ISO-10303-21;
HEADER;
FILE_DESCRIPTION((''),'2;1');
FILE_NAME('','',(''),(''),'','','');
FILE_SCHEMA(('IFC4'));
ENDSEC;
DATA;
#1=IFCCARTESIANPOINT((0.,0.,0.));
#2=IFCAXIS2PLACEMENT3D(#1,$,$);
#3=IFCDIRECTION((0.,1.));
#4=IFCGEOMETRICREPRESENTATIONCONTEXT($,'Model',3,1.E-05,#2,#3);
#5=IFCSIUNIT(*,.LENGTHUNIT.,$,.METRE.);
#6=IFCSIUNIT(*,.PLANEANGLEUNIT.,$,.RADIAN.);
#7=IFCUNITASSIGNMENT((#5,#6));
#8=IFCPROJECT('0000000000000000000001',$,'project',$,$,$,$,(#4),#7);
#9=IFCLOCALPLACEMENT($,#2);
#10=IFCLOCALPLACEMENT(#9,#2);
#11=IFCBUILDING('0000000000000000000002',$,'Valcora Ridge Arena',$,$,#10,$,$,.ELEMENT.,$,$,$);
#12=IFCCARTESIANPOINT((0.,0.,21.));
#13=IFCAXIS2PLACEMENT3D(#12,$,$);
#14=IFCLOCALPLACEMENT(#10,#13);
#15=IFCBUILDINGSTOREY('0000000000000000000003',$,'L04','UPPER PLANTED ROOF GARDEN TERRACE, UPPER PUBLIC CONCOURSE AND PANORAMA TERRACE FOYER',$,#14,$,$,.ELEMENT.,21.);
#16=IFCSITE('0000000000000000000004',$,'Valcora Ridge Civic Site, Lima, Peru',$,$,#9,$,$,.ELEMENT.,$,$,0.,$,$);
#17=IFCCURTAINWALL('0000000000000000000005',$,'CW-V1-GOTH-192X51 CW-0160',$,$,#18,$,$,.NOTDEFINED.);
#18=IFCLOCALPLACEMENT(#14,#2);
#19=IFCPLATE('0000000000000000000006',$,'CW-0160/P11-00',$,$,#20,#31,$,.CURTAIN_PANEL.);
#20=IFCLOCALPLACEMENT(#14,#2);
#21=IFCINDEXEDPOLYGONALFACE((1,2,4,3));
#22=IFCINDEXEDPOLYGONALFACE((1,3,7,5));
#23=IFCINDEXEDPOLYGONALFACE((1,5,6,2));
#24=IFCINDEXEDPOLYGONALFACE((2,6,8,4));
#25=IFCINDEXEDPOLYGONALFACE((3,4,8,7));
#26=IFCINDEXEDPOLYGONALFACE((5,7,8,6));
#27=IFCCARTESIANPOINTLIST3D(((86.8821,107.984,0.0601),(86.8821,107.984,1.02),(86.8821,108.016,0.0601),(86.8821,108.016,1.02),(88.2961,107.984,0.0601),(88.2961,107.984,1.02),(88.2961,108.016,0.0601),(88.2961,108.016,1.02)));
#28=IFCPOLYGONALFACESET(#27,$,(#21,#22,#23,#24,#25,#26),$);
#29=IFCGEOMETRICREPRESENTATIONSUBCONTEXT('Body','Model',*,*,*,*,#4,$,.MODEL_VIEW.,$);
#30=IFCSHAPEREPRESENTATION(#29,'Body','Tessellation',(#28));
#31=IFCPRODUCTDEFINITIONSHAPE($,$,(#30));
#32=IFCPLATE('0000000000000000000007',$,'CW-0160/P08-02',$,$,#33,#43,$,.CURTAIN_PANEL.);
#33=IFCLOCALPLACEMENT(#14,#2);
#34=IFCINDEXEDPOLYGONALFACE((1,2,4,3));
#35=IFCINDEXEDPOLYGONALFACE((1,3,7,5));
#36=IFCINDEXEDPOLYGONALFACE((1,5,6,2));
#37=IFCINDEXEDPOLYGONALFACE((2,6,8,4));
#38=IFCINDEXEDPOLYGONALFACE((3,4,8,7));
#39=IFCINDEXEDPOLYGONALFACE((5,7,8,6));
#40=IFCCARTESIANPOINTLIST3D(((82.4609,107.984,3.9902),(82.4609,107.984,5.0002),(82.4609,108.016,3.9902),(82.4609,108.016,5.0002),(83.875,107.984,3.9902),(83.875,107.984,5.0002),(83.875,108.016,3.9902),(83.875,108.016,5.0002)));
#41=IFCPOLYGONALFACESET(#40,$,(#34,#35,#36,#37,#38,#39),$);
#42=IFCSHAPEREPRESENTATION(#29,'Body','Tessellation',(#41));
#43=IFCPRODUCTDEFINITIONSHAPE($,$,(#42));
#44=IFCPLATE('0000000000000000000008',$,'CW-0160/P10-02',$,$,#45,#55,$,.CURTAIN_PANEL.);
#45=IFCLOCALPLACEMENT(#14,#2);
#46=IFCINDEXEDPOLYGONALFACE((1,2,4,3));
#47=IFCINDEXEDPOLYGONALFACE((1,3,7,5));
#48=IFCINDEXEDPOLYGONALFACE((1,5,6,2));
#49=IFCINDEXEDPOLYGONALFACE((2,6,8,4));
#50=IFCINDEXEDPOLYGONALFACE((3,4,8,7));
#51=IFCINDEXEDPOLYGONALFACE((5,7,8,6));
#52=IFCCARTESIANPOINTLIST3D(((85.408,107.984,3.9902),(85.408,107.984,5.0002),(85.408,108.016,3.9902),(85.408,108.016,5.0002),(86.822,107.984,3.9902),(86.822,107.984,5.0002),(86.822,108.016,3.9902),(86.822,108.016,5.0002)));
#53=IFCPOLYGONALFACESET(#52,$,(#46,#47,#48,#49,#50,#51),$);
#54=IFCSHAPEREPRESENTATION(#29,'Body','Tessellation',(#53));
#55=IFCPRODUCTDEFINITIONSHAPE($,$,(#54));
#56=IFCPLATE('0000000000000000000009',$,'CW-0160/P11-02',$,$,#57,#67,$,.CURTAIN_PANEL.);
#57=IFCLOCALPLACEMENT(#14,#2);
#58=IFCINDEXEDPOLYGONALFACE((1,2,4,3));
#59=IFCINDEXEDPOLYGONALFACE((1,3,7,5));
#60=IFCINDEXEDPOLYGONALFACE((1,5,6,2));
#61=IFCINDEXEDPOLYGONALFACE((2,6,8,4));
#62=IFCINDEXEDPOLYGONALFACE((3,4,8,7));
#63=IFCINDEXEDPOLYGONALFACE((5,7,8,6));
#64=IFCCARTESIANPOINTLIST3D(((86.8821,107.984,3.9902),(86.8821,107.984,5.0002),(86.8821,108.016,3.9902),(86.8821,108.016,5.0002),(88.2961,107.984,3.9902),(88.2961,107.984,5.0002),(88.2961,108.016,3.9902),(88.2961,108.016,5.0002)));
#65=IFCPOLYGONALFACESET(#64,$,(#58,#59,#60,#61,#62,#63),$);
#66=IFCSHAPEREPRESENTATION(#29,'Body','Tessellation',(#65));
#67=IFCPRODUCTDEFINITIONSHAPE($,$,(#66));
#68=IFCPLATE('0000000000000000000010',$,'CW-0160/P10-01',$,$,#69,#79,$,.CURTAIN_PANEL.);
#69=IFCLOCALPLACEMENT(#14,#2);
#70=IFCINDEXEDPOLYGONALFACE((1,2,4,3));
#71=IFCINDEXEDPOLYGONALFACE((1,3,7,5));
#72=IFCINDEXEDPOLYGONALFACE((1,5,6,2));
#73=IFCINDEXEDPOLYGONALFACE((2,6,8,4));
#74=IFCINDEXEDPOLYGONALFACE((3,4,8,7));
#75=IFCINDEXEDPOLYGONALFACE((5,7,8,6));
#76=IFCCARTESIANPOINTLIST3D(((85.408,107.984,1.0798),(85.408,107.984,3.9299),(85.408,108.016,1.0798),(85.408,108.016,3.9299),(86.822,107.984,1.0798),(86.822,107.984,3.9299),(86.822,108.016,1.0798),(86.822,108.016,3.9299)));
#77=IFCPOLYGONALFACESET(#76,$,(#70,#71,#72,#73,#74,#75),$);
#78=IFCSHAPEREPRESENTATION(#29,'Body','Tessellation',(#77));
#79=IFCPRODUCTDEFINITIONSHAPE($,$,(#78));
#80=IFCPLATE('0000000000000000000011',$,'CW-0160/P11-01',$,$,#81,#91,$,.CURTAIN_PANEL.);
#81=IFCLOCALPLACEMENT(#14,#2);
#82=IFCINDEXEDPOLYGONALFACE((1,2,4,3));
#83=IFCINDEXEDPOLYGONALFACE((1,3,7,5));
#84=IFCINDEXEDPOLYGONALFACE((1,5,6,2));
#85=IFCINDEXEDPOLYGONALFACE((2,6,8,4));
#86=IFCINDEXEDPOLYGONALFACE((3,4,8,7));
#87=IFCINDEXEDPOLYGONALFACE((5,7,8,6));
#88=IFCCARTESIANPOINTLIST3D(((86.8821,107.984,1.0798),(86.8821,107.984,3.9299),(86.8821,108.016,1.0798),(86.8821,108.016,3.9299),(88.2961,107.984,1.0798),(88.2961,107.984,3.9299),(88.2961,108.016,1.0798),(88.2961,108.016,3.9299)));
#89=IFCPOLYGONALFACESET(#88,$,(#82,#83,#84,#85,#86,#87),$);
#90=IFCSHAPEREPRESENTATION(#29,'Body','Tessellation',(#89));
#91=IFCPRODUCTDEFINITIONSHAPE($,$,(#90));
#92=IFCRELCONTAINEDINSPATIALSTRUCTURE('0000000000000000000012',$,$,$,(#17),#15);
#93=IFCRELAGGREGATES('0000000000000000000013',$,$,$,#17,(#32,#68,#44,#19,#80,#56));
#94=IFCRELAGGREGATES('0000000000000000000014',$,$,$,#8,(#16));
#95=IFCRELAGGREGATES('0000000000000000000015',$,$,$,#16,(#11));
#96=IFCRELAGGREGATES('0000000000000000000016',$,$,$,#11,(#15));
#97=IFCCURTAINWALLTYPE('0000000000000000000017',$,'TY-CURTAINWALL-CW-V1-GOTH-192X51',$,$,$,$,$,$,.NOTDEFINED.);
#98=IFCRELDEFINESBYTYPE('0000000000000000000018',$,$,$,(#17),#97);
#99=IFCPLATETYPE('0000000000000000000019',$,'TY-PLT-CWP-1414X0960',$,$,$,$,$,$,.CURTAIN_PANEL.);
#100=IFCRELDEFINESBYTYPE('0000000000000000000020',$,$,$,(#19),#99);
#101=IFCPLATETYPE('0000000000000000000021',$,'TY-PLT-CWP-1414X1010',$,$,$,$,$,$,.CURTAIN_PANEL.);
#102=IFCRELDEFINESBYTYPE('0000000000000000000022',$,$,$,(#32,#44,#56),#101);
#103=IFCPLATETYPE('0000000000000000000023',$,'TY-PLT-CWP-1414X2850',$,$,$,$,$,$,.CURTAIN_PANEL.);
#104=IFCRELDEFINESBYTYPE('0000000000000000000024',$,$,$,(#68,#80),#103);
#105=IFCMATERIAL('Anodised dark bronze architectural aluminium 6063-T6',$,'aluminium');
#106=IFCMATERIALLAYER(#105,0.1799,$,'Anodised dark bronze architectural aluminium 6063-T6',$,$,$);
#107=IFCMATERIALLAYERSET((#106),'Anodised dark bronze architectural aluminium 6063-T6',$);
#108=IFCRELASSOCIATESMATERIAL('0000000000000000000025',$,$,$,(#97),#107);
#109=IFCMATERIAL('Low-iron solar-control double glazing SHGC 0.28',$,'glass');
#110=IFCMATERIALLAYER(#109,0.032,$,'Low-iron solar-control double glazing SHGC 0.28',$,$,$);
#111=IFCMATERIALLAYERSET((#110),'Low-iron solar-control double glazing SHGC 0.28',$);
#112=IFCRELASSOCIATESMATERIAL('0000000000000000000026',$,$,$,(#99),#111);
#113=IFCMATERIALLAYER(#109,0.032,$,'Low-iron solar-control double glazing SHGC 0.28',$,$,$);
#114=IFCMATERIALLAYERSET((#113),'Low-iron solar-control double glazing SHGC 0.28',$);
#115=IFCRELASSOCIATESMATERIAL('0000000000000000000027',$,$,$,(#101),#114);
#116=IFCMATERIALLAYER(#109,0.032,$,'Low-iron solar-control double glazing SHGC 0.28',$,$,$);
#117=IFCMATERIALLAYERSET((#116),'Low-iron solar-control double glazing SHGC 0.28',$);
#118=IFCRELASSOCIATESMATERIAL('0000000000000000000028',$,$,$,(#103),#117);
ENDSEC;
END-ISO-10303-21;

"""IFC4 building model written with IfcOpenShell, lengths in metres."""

from ifc_helpers import new_model, si_unit, direction, frame, origin, origin_2d, place, context, subcontext, project, spatial, rectangle, extrude, material, layer, layer_set, type_object, element, aggregate, save


model = new_model("IFC4")

# Units and contexts
model_context = context("Model", 3, precision=1e-05, world=origin(), true_north=direction((0.0, 1.0)))
body_context = subcontext(model_context, "Body", "Model", "MODEL_VIEW")
ifc_project = project(units=[si_unit("LENGTHUNIT", "METRE"), si_unit("PLANEANGLEUNIT", "RADIAN")], contexts=[model_context])

# Site, building, storey
site_placement = place(None, origin())
site = spatial("IfcSite", under=ifc_project, at=site_placement, Name="Valcora Ridge Civic Site, Lima, Peru", CompositionType="ELEMENT", RefElevation=0.0)
building_placement = place(site_placement, origin())
building = spatial("IfcBuilding", under=site, at=building_placement, Name="Valcora Ridge Arena", CompositionType="ELEMENT")
storey_placement = place(building_placement, frame((0.0, 0.0, 21.0)))
storey = spatial("IfcBuildingStorey", under=building, at=storey_placement, Name="L04", Description="UPPER PLANTED ROOF GARDEN TERRACE, UPPER PUBLIC CONCOURSE AND PANORAMA TERRACE FOYER", CompositionType="ELEMENT", Elevation=21.0)

# Curtain wall, plates
ifc_material_1 = material(Name="Anodised dark bronze architectural aluminium 6063-T6", Category="aluminium")
ifc_layer_1 = layer(ifc_material_1, 0.1799, Name="Anodised dark bronze architectural aluminium 6063-T6")
ifc_layer_set_1 = layer_set([ifc_layer_1], Name="Anodised dark bronze architectural aluminium 6063-T6")
curtain_wall_type = type_object("IfcCurtainWallType", Name="TY-CURTAINWALL-CW-V1-GOTH-192X51", PredefinedType="NOTDEFINED", material=ifc_layer_set_1)
curtain_wall_placement = place(storey_placement, origin())
curtain_wall = element("IfcCurtainWall", 1, at=curtain_wall_placement, inside=storey, type_object=curtain_wall_type, Name="CW-V1-GOTH-192X51 CW-0160", PredefinedType="NOTDEFINED")
ifc_material_2 = material(Name="Low-iron solar-control double glazing SHGC 0.28", Category="glass")
ifc_layer_2 = layer(ifc_material_2, 0.032, Name="Low-iron solar-control double glazing SHGC 0.28")
ifc_layer_set_2 = layer_set([ifc_layer_2], Name="Low-iron solar-control double glazing SHGC 0.28")
plate_type_1 = type_object("IfcPlateType", Name="TY-PLT-CWP-1414X0960", PredefinedType="CURTAIN_PANEL", material=ifc_layer_set_2)
plate_1_placement = place(storey_placement, frame((87.5891, 108.0, 0.0601), z_axis=(0.0, 0.0, 1.0), x_axis=(1.0, 0.0, 0.0)))
plate_1 = element("IfcPlate", 2, at=plate_1_placement, type_object=plate_type_1, Name="CW-0160/P11-00", PredefinedType="CURTAIN_PANEL", context=body_context, shape_type="SweptSolid", body=[
    extrude(rectangle(XDim=1.4141, YDim=0.032, at=origin_2d()), origin(), (0.0, 0.0, 1.0), 0.96),
])
ifc_layer_3 = layer(ifc_material_2, 0.032, Name="Low-iron solar-control double glazing SHGC 0.28")
ifc_layer_set_3 = layer_set([ifc_layer_3], Name="Low-iron solar-control double glazing SHGC 0.28")
plate_type_2 = type_object("IfcPlateType", Name="TY-PLT-CWP-1414X1010", PredefinedType="CURTAIN_PANEL", material=ifc_layer_set_3)
plate_2_placement = place(storey_placement, frame((83.168, 108.0, 3.9902), z_axis=(0.0, 0.0, 1.0), x_axis=(1.0, 0.0, 0.0)))
plate_2 = element("IfcPlate", 3, at=plate_2_placement, type_object=plate_type_2, Name="CW-0160/P08-02", PredefinedType="CURTAIN_PANEL", context=body_context, shape_type="SweptSolid", body=[
    extrude(rectangle(XDim=1.4141, YDim=0.032, at=origin_2d()), origin(), (0.0, 0.0, 1.0), 1.01),
])
plate_3_placement = place(storey_placement, frame((86.115, 108.0, 3.9902), z_axis=(0.0, 0.0, 1.0), x_axis=(1.0, 0.0, 0.0)))
plate_3 = element("IfcPlate", 4, at=plate_3_placement, type_object=plate_type_2, Name="CW-0160/P10-02", PredefinedType="CURTAIN_PANEL", context=body_context, shape_type="SweptSolid", body=[
    extrude(rectangle(XDim=1.4141, YDim=0.032, at=origin_2d()), origin(), (0.0, 0.0, 1.0), 1.01),
])
plate_4_placement = place(storey_placement, frame((87.5891, 108.0, 3.9902), z_axis=(0.0, 0.0, 1.0), x_axis=(1.0, 0.0, 0.0)))
plate_4 = element("IfcPlate", 5, at=plate_4_placement, type_object=plate_type_2, Name="CW-0160/P11-02", PredefinedType="CURTAIN_PANEL", context=body_context, shape_type="SweptSolid", body=[
    extrude(rectangle(XDim=1.4141, YDim=0.032, at=origin_2d()), origin(), (0.0, 0.0, 1.0), 1.01),
])
ifc_layer_4 = layer(ifc_material_2, 0.032, Name="Low-iron solar-control double glazing SHGC 0.28")
ifc_layer_set_4 = layer_set([ifc_layer_4], Name="Low-iron solar-control double glazing SHGC 0.28")
plate_type_3 = type_object("IfcPlateType", Name="TY-PLT-CWP-1414X2850", PredefinedType="CURTAIN_PANEL", material=ifc_layer_set_4)
plate_5_placement = place(storey_placement, frame((86.115, 108.0, 1.0798), z_axis=(0.0, 0.0, 1.0), x_axis=(1.0, 0.0, 0.0)))
plate_5 = element("IfcPlate", 6, at=plate_5_placement, type_object=plate_type_3, Name="CW-0160/P10-01", PredefinedType="CURTAIN_PANEL", context=body_context, shape_type="SweptSolid", body=[
    extrude(rectangle(XDim=1.4141, YDim=0.032, at=origin_2d()), origin(), (0.0, 0.0, 1.0), 2.8501),
])
plate_6_placement = place(storey_placement, frame((87.5891, 108.0, 1.0798), z_axis=(0.0, 0.0, 1.0), x_axis=(1.0, 0.0, 0.0)))
plate_6 = element("IfcPlate", 7, at=plate_6_placement, type_object=plate_type_3, Name="CW-0160/P11-01", PredefinedType="CURTAIN_PANEL", context=body_context, shape_type="SweptSolid", body=[
    extrude(rectangle(XDim=1.4141, YDim=0.032, at=origin_2d()), origin(), (0.0, 0.0, 1.0), 2.8501),
])
aggregate(curtain_wall, [plate_2, plate_5, plate_3, plate_1, plate_6, plate_4])

save(model, "model.ifc")
